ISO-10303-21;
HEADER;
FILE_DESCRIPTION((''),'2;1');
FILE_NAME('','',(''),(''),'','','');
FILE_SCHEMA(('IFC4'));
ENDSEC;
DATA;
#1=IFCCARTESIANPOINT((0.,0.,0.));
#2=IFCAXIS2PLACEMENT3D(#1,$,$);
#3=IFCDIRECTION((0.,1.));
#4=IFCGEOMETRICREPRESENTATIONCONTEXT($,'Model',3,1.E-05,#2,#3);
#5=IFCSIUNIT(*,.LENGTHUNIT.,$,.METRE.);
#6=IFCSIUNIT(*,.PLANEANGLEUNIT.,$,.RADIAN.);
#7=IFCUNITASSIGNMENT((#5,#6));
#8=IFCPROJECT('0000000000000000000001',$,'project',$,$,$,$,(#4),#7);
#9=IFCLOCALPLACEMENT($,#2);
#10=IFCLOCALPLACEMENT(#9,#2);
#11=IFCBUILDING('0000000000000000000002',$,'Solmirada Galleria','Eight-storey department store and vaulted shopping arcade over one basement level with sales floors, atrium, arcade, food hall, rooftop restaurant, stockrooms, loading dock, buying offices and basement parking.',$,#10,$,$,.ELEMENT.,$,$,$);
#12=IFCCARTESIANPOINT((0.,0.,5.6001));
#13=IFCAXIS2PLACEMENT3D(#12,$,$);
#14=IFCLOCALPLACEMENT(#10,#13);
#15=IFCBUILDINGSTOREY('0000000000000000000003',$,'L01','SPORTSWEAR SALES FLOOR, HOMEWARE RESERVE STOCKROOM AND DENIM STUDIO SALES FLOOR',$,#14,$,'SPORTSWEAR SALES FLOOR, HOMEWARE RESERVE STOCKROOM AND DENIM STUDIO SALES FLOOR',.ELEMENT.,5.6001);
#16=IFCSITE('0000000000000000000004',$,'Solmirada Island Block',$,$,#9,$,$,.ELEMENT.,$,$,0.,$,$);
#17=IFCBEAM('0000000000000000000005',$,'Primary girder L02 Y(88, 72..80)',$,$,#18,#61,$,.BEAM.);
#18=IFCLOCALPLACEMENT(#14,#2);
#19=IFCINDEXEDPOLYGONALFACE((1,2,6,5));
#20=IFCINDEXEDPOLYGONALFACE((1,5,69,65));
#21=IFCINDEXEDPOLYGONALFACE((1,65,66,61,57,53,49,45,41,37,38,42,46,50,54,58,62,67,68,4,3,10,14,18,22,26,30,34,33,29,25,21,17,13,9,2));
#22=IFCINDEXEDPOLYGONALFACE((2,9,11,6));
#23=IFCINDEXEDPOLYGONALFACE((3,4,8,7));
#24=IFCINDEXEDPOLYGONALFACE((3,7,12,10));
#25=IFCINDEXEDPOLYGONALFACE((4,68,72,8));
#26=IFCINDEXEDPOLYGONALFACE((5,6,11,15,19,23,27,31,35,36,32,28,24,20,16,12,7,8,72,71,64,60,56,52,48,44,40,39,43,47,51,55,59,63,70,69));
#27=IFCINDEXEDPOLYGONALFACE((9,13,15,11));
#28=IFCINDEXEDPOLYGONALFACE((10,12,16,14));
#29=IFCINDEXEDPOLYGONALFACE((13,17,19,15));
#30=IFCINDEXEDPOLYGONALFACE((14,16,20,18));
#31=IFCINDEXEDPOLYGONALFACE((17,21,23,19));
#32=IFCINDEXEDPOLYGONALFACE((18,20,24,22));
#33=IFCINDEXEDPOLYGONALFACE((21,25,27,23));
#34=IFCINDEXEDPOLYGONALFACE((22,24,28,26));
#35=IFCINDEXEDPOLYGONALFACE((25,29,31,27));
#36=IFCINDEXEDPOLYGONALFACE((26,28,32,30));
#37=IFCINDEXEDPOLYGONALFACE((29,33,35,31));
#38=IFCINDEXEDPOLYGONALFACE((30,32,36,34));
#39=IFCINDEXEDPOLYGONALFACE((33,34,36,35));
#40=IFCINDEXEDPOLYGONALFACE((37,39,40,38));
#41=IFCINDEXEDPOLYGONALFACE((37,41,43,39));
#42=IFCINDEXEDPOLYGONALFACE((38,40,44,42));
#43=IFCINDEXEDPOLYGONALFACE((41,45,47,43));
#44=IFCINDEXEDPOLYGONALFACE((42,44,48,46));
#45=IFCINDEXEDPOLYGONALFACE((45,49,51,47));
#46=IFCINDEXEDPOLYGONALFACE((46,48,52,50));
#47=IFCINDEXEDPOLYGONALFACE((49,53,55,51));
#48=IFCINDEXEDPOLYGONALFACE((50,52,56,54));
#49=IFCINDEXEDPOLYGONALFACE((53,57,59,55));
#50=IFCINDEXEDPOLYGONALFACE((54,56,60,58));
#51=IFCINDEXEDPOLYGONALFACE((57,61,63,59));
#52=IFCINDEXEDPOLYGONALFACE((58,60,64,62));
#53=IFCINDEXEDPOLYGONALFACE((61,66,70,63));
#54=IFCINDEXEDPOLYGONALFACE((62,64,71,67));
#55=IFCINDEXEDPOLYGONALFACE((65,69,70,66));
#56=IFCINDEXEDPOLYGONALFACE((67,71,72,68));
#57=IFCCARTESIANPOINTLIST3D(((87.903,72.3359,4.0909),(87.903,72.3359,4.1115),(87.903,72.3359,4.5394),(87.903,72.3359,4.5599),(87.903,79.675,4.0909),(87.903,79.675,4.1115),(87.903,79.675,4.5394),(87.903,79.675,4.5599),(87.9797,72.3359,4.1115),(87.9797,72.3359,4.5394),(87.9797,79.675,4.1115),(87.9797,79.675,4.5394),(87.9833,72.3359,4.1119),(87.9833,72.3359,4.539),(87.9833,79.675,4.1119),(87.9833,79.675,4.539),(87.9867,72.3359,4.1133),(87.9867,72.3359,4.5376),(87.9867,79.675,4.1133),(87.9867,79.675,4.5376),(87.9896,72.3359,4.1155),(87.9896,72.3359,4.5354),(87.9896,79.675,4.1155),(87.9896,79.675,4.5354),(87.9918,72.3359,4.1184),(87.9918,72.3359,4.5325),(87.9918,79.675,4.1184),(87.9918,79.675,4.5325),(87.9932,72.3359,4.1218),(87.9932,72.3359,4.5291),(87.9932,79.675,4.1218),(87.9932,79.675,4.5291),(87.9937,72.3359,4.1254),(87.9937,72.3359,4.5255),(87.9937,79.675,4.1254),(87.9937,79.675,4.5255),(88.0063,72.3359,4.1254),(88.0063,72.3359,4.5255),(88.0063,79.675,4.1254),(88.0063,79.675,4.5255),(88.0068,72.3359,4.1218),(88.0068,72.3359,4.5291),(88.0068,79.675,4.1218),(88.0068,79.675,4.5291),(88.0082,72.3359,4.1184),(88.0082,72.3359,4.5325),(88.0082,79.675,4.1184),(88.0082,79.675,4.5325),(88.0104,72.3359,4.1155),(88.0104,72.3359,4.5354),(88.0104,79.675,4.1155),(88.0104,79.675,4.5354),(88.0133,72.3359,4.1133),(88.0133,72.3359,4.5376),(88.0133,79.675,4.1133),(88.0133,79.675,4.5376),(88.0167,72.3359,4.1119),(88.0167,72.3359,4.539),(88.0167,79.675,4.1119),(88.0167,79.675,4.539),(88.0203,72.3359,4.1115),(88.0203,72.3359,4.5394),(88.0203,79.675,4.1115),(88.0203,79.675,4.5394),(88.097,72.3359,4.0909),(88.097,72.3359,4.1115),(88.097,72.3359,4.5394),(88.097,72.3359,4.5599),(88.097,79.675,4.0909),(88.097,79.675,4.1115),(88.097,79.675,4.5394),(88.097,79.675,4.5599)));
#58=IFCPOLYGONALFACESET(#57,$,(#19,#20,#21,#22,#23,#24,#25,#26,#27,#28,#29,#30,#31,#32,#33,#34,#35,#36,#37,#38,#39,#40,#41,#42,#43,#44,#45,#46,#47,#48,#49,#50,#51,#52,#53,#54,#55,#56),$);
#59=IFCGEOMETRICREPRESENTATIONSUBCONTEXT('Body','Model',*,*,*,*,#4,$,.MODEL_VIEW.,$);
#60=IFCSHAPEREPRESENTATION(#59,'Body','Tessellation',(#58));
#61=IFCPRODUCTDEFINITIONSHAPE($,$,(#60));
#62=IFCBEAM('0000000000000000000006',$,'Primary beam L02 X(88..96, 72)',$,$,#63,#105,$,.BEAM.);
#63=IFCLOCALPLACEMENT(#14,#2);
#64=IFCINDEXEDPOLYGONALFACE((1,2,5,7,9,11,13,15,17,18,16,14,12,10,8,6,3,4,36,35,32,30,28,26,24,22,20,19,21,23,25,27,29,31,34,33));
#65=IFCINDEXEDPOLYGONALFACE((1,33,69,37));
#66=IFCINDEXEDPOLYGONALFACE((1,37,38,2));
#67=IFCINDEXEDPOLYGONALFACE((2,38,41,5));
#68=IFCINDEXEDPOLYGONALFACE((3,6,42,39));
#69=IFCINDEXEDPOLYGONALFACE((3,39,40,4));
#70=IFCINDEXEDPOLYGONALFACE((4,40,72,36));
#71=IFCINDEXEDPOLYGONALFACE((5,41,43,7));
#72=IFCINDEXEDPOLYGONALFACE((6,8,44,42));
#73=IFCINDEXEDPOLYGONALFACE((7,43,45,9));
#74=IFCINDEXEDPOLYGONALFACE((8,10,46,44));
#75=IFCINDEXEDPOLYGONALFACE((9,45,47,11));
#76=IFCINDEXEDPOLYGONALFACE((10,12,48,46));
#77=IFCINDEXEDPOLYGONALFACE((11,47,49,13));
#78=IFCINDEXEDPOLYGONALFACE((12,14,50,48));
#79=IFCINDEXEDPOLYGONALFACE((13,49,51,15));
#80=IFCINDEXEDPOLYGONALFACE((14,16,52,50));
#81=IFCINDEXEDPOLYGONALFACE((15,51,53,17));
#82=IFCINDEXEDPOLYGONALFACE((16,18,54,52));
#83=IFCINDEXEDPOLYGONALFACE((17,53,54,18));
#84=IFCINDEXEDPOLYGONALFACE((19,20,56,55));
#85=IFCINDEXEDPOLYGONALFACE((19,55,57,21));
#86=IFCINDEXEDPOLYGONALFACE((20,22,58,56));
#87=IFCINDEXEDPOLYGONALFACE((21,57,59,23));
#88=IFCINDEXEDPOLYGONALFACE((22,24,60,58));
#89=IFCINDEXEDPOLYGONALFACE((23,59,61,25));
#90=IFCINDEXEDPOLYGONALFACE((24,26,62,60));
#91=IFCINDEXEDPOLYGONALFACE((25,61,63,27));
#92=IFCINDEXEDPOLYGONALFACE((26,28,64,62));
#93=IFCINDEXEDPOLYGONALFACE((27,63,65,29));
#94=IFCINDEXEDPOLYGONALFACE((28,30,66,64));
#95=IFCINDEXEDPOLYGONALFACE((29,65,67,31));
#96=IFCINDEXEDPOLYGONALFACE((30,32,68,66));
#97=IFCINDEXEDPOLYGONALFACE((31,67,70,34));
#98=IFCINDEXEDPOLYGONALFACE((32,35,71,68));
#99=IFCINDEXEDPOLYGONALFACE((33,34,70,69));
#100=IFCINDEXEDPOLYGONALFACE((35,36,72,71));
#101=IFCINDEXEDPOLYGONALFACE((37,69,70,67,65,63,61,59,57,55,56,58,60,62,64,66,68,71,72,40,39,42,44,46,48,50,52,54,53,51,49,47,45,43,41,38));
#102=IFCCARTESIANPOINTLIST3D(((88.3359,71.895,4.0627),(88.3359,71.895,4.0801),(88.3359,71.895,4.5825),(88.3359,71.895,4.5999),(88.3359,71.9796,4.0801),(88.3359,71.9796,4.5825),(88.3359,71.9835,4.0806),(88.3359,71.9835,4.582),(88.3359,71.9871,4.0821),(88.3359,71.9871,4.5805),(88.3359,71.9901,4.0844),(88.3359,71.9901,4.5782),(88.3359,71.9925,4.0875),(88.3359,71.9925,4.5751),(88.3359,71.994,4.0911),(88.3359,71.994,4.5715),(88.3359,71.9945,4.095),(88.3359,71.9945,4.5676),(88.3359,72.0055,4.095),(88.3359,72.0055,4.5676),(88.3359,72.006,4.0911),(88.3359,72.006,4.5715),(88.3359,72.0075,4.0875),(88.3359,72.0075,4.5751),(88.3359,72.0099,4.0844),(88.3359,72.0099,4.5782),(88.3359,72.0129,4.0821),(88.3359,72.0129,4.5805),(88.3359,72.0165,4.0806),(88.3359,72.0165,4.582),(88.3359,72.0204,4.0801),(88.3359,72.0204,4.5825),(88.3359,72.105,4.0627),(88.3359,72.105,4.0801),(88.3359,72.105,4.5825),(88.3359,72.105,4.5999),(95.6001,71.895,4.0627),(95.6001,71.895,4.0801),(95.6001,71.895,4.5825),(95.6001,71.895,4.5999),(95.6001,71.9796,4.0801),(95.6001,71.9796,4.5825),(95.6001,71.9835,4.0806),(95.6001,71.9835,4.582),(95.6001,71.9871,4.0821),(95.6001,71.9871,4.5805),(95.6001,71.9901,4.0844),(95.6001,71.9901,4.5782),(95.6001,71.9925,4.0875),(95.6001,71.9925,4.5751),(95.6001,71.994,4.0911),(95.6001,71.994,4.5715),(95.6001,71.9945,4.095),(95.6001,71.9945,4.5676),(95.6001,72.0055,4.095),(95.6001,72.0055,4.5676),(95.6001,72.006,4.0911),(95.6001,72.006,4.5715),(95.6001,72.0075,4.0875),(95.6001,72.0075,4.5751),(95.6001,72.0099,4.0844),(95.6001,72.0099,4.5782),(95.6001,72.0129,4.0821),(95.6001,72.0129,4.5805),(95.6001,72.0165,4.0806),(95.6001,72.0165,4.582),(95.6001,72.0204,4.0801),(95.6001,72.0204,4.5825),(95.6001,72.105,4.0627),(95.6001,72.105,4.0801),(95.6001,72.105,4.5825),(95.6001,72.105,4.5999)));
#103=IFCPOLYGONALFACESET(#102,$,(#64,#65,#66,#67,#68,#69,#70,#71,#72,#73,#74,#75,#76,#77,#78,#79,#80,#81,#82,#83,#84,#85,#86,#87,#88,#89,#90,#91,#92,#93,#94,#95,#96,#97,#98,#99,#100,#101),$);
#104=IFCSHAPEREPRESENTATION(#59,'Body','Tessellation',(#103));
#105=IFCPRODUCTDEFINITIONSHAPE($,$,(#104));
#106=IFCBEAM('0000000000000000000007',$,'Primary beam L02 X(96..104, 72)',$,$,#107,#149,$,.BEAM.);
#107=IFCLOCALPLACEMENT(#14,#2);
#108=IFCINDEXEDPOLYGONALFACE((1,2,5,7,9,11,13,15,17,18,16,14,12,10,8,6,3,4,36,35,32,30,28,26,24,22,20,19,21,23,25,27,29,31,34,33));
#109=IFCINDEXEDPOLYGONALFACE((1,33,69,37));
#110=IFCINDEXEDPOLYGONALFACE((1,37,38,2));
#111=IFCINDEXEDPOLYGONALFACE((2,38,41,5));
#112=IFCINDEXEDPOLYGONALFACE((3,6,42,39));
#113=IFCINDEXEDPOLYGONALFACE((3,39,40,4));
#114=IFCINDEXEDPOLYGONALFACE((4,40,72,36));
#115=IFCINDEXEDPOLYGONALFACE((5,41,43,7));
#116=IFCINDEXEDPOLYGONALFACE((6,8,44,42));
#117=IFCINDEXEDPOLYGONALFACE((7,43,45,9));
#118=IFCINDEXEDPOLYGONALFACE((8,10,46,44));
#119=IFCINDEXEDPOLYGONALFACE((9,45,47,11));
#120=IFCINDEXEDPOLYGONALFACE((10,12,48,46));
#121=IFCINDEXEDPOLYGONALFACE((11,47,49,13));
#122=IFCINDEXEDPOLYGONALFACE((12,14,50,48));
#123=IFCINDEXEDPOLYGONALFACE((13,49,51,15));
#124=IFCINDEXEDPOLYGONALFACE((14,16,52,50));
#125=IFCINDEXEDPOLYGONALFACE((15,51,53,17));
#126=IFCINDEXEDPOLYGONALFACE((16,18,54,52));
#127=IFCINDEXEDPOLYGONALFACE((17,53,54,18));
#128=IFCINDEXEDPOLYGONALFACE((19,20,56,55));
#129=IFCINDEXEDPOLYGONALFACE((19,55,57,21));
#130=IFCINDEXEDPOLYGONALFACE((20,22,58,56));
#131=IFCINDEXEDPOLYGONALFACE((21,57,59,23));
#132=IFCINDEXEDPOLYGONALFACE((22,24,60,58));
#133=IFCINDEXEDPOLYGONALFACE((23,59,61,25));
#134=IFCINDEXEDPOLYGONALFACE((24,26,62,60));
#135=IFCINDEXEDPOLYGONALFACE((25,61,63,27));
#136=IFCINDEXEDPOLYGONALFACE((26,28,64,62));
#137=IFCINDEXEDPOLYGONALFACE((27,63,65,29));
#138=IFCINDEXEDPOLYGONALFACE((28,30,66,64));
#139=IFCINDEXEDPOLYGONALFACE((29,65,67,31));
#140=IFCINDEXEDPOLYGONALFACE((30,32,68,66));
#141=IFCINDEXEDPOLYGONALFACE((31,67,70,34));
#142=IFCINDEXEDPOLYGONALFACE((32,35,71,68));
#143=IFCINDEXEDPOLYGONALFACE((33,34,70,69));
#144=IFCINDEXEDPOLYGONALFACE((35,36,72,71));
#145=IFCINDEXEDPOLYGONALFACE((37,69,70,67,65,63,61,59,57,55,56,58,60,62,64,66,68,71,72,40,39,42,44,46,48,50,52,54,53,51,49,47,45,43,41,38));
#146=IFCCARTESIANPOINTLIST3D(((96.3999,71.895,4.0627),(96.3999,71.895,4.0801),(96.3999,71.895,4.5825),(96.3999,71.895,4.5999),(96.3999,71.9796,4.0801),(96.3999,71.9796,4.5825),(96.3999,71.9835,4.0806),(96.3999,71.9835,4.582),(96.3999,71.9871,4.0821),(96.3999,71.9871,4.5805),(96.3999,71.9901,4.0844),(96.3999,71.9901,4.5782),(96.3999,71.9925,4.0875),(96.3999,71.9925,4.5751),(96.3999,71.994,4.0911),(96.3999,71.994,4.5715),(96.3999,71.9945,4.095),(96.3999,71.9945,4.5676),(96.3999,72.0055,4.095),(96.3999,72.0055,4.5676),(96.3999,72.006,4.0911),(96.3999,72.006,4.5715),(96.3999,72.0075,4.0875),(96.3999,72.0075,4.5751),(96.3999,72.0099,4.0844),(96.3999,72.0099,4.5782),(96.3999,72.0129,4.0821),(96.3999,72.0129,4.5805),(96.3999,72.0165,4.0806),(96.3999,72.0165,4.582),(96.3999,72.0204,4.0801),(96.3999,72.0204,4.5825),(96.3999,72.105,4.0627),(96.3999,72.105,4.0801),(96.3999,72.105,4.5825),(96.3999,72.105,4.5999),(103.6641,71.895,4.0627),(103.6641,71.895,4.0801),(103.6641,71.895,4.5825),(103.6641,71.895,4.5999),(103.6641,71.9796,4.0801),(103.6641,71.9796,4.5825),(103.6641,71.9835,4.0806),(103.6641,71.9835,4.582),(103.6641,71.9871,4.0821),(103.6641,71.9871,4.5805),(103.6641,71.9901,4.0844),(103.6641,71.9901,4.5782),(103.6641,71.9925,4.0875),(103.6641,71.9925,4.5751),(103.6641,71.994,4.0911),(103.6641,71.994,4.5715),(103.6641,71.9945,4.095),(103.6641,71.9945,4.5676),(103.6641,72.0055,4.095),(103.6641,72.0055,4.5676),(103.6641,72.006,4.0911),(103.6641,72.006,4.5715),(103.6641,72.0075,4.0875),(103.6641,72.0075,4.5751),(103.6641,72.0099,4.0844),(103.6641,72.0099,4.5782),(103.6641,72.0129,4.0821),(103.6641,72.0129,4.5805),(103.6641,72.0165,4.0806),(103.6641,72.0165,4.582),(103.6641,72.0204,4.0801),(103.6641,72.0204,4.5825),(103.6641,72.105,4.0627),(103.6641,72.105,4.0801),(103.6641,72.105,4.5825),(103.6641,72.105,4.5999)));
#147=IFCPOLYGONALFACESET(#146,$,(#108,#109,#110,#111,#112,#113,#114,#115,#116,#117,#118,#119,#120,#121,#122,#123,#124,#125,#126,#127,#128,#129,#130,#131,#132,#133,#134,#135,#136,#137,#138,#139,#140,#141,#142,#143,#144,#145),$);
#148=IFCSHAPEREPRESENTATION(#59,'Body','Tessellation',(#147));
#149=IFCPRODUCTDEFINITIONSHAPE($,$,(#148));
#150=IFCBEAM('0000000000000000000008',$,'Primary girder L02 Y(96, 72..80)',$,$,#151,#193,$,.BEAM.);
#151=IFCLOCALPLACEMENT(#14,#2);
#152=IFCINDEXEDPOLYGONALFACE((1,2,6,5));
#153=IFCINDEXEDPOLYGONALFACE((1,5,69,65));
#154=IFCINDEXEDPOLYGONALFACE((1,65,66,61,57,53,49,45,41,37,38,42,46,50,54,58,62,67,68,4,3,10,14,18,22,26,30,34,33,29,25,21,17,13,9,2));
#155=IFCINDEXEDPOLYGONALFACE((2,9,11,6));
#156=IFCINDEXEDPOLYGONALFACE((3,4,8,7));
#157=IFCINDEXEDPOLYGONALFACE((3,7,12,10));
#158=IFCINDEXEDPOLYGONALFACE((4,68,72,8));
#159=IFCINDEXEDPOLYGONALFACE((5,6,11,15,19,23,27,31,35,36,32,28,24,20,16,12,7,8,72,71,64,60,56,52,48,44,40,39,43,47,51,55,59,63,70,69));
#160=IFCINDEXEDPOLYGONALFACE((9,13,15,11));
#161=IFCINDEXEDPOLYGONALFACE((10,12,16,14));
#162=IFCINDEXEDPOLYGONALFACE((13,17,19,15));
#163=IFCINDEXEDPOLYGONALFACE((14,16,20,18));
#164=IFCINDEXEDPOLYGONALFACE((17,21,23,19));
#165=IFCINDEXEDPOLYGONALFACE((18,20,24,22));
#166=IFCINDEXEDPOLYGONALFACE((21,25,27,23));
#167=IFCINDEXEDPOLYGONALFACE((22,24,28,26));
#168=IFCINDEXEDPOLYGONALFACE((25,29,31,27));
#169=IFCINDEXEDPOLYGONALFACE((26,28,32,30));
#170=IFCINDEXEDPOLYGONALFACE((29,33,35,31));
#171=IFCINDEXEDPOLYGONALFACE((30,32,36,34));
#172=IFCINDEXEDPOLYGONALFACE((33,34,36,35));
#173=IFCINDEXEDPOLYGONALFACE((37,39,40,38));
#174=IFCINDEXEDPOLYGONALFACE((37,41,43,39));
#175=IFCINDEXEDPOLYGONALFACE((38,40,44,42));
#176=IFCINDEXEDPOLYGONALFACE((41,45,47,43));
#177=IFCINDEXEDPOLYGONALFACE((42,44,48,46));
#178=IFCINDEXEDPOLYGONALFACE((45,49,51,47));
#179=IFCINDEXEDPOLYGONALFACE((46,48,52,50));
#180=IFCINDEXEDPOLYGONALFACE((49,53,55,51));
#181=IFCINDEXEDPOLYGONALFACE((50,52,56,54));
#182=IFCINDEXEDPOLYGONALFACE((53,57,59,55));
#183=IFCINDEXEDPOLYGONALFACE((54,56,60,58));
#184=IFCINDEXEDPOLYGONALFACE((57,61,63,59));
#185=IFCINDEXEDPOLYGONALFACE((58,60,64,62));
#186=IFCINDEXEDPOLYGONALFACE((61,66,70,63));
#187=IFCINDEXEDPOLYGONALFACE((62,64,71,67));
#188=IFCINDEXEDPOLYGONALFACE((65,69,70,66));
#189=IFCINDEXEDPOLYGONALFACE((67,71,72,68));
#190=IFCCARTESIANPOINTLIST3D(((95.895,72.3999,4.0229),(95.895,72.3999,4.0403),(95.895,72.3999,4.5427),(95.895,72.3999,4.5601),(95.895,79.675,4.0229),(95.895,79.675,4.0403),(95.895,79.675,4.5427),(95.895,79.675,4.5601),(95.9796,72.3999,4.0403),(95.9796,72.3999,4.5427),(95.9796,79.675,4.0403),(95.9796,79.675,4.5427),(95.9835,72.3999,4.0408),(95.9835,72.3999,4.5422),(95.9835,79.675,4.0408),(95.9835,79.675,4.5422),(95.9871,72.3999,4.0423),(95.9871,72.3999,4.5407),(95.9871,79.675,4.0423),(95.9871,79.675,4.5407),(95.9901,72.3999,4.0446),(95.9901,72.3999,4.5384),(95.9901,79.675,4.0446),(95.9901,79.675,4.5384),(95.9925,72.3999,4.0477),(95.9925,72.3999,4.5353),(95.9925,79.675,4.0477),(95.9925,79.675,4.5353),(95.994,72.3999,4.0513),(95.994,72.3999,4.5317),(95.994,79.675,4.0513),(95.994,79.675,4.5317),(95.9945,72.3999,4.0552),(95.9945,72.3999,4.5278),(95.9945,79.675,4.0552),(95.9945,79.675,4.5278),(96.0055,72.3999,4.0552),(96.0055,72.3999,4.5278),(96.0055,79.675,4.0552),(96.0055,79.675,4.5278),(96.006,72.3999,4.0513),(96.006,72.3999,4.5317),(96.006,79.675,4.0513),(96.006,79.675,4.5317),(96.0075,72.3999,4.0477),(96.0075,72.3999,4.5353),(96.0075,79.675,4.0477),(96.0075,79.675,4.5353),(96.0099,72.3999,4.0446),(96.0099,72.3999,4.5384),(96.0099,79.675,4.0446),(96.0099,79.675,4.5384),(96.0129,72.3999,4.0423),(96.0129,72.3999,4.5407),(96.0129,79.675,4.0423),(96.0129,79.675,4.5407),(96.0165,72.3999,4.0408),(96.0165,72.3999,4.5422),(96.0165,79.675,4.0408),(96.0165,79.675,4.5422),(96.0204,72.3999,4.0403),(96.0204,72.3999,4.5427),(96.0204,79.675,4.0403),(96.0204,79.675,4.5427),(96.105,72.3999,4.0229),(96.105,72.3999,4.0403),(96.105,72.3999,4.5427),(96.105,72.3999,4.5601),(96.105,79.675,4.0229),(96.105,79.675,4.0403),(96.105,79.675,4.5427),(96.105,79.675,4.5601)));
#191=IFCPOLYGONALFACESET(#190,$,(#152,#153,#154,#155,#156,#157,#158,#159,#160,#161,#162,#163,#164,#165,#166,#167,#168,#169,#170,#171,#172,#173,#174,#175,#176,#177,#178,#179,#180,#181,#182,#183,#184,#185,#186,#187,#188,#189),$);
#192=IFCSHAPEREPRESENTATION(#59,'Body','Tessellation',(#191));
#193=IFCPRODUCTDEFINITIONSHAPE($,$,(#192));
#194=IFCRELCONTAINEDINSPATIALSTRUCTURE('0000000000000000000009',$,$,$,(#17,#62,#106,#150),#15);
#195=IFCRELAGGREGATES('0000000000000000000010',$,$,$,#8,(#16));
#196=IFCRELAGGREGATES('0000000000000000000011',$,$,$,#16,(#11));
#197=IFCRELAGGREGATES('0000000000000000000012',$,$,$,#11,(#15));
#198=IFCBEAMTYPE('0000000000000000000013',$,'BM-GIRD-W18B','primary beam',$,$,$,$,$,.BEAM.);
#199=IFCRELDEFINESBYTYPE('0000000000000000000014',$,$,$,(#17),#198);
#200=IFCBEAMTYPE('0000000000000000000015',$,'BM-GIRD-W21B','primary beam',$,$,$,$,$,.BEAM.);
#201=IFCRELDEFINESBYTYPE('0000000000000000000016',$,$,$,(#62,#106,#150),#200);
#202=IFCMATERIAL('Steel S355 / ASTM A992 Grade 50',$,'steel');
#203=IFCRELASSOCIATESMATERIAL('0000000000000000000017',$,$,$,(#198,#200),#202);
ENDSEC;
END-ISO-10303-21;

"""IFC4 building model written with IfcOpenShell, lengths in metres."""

from ifc_helpers import new_model, si_unit, direction, frame, origin, origin_2d, place, context, subcontext, project, spatial, i_section, extrude, material, material_profile, profile_set, type_object, element, save


model = new_model("IFC4")

# Units and contexts
model_context = context("Model", 3, precision=1e-05, world=origin(), true_north=direction((0.0, 1.0)))
body_context = subcontext(model_context, "Body", "Model", "MODEL_VIEW")
ifc_project = project(units=[si_unit("LENGTHUNIT", "METRE"), si_unit("PLANEANGLEUNIT", "RADIAN")], contexts=[model_context])

# Site, building, storey
site_placement = place(None, origin())
site = spatial("IfcSite", under=ifc_project, at=site_placement, Name="Solmirada Island Block", CompositionType="ELEMENT", RefElevation=0.0)
building_placement = place(site_placement, origin())
building = spatial("IfcBuilding", under=site, at=building_placement, Name="Solmirada Galleria", Description="Eight-storey department store and vaulted shopping arcade over one basement level with sales floors, atrium, arcade, food hall, rooftop restaurant, stockrooms, loading dock, buying offices and basement parking.", CompositionType="ELEMENT")
storey_placement = place(building_placement, frame((0.0, 0.0, 5.6001)))
storey = spatial("IfcBuildingStorey", under=building, at=storey_placement, Name="L01", Description="SPORTSWEAR SALES FLOOR, HOMEWARE RESERVE STOCKROOM AND DENIM STUDIO SALES FLOOR", LongName="SPORTSWEAR SALES FLOOR, HOMEWARE RESERVE STOCKROOM AND DENIM STUDIO SALES FLOOR", CompositionType="ELEMENT", Elevation=5.6001)

# Beams
ifc_material_1 = material(Name="Steel S355 / ASTM A992 Grade 50", Category="steel")
ifc_material_profile_1 = material_profile(ifc_material_1, i_section(OverallWidth=0.1941, OverallDepth=0.469, WebThickness=0.0127, FlangeThickness=0.0205, FilletRadius=0.0139, at=origin_2d()), Name="W18X71")
ifc_profile_set_1 = profile_set([ifc_material_profile_1], Name="Steel S355 / ASTM A992 Grade 50")
beam_type_1 = type_object("IfcBeamType", Name="BM-GIRD-W18B", Description="primary beam", PredefinedType="BEAM", material=ifc_profile_set_1)
beam_1_placement = place(storey_placement, frame((88.0, 72.3359, 4.3254), z_axis=(0.0, 1.0, 0.0), x_axis=(-1.0, 0.0, 0.0)))
element("IfcBeam", 1, at=beam_1_placement, inside=storey, type_object=beam_type_1, Name="Primary girder L02 Y(88, 72..80)", PredefinedType="BEAM", context=body_context, shape_type="SweptSolid", body=[
    extrude(i_section(OverallWidth=0.1941, OverallDepth=0.469, WebThickness=0.0127, FlangeThickness=0.0205, FilletRadius=0.0139, at=origin_2d()), origin(), (0.0, 0.0, 1.0), 7.3391),
])
ifc_material_profile_2 = material_profile(ifc_material_1, i_section(OverallWidth=0.21, OverallDepth=0.5371, WebThickness=0.011, FlangeThickness=0.0173, FilletRadius=0.0149, at=origin_2d()), Name="W21X68")
ifc_profile_set_2 = profile_set([ifc_material_profile_2], Name="Steel S355 / ASTM A992 Grade 50")
beam_type_2 = type_object("IfcBeamType", Name="BM-GIRD-W21B", Description="primary beam", PredefinedType="BEAM", material=ifc_profile_set_2)
for number, where, z_axis, x_axis, name in (
    (2, (88.3359, 72.0, 4.3313), (1.0, 0.0, 0.0), (0.0, 1.0, 0.0), "Primary beam L02 X(88..96, 72)"),
    (3, (96.3999, 72.0, 4.3313), (1.0, 0.0, 0.0), (0.0, 1.0, 0.0), "Primary beam L02 X(96..104, 72)"),
):
    element("IfcBeam", number, at=place(storey_placement, frame(where, z_axis=z_axis, x_axis=x_axis)), inside=storey, type_object=beam_type_2, Name=name, PredefinedType="BEAM", context=body_context, shape_type="SweptSolid", body=[
        extrude(i_section(OverallWidth=0.21, OverallDepth=0.5371, WebThickness=0.011, FlangeThickness=0.0173, FilletRadius=0.0149, at=origin_2d()), origin(), (0.0, 0.0, 1.0), 7.2642),
    ])
beam_2_placement = place(storey_placement, frame((96.0, 72.3999, 4.2915), z_axis=(0.0, 1.0, 0.0), x_axis=(-1.0, 0.0, 0.0)))
element("IfcBeam", 4, at=beam_2_placement, inside=storey, type_object=beam_type_2, Name="Primary girder L02 Y(96, 72..80)", PredefinedType="BEAM", context=body_context, shape_type="SweptSolid", body=[
    extrude(i_section(OverallWidth=0.21, OverallDepth=0.5371, WebThickness=0.011, FlangeThickness=0.0173, FilletRadius=0.0149, at=origin_2d()), origin(), (0.0, 0.0, 1.0), 7.2751),
])

save(model, "model.ifc")
